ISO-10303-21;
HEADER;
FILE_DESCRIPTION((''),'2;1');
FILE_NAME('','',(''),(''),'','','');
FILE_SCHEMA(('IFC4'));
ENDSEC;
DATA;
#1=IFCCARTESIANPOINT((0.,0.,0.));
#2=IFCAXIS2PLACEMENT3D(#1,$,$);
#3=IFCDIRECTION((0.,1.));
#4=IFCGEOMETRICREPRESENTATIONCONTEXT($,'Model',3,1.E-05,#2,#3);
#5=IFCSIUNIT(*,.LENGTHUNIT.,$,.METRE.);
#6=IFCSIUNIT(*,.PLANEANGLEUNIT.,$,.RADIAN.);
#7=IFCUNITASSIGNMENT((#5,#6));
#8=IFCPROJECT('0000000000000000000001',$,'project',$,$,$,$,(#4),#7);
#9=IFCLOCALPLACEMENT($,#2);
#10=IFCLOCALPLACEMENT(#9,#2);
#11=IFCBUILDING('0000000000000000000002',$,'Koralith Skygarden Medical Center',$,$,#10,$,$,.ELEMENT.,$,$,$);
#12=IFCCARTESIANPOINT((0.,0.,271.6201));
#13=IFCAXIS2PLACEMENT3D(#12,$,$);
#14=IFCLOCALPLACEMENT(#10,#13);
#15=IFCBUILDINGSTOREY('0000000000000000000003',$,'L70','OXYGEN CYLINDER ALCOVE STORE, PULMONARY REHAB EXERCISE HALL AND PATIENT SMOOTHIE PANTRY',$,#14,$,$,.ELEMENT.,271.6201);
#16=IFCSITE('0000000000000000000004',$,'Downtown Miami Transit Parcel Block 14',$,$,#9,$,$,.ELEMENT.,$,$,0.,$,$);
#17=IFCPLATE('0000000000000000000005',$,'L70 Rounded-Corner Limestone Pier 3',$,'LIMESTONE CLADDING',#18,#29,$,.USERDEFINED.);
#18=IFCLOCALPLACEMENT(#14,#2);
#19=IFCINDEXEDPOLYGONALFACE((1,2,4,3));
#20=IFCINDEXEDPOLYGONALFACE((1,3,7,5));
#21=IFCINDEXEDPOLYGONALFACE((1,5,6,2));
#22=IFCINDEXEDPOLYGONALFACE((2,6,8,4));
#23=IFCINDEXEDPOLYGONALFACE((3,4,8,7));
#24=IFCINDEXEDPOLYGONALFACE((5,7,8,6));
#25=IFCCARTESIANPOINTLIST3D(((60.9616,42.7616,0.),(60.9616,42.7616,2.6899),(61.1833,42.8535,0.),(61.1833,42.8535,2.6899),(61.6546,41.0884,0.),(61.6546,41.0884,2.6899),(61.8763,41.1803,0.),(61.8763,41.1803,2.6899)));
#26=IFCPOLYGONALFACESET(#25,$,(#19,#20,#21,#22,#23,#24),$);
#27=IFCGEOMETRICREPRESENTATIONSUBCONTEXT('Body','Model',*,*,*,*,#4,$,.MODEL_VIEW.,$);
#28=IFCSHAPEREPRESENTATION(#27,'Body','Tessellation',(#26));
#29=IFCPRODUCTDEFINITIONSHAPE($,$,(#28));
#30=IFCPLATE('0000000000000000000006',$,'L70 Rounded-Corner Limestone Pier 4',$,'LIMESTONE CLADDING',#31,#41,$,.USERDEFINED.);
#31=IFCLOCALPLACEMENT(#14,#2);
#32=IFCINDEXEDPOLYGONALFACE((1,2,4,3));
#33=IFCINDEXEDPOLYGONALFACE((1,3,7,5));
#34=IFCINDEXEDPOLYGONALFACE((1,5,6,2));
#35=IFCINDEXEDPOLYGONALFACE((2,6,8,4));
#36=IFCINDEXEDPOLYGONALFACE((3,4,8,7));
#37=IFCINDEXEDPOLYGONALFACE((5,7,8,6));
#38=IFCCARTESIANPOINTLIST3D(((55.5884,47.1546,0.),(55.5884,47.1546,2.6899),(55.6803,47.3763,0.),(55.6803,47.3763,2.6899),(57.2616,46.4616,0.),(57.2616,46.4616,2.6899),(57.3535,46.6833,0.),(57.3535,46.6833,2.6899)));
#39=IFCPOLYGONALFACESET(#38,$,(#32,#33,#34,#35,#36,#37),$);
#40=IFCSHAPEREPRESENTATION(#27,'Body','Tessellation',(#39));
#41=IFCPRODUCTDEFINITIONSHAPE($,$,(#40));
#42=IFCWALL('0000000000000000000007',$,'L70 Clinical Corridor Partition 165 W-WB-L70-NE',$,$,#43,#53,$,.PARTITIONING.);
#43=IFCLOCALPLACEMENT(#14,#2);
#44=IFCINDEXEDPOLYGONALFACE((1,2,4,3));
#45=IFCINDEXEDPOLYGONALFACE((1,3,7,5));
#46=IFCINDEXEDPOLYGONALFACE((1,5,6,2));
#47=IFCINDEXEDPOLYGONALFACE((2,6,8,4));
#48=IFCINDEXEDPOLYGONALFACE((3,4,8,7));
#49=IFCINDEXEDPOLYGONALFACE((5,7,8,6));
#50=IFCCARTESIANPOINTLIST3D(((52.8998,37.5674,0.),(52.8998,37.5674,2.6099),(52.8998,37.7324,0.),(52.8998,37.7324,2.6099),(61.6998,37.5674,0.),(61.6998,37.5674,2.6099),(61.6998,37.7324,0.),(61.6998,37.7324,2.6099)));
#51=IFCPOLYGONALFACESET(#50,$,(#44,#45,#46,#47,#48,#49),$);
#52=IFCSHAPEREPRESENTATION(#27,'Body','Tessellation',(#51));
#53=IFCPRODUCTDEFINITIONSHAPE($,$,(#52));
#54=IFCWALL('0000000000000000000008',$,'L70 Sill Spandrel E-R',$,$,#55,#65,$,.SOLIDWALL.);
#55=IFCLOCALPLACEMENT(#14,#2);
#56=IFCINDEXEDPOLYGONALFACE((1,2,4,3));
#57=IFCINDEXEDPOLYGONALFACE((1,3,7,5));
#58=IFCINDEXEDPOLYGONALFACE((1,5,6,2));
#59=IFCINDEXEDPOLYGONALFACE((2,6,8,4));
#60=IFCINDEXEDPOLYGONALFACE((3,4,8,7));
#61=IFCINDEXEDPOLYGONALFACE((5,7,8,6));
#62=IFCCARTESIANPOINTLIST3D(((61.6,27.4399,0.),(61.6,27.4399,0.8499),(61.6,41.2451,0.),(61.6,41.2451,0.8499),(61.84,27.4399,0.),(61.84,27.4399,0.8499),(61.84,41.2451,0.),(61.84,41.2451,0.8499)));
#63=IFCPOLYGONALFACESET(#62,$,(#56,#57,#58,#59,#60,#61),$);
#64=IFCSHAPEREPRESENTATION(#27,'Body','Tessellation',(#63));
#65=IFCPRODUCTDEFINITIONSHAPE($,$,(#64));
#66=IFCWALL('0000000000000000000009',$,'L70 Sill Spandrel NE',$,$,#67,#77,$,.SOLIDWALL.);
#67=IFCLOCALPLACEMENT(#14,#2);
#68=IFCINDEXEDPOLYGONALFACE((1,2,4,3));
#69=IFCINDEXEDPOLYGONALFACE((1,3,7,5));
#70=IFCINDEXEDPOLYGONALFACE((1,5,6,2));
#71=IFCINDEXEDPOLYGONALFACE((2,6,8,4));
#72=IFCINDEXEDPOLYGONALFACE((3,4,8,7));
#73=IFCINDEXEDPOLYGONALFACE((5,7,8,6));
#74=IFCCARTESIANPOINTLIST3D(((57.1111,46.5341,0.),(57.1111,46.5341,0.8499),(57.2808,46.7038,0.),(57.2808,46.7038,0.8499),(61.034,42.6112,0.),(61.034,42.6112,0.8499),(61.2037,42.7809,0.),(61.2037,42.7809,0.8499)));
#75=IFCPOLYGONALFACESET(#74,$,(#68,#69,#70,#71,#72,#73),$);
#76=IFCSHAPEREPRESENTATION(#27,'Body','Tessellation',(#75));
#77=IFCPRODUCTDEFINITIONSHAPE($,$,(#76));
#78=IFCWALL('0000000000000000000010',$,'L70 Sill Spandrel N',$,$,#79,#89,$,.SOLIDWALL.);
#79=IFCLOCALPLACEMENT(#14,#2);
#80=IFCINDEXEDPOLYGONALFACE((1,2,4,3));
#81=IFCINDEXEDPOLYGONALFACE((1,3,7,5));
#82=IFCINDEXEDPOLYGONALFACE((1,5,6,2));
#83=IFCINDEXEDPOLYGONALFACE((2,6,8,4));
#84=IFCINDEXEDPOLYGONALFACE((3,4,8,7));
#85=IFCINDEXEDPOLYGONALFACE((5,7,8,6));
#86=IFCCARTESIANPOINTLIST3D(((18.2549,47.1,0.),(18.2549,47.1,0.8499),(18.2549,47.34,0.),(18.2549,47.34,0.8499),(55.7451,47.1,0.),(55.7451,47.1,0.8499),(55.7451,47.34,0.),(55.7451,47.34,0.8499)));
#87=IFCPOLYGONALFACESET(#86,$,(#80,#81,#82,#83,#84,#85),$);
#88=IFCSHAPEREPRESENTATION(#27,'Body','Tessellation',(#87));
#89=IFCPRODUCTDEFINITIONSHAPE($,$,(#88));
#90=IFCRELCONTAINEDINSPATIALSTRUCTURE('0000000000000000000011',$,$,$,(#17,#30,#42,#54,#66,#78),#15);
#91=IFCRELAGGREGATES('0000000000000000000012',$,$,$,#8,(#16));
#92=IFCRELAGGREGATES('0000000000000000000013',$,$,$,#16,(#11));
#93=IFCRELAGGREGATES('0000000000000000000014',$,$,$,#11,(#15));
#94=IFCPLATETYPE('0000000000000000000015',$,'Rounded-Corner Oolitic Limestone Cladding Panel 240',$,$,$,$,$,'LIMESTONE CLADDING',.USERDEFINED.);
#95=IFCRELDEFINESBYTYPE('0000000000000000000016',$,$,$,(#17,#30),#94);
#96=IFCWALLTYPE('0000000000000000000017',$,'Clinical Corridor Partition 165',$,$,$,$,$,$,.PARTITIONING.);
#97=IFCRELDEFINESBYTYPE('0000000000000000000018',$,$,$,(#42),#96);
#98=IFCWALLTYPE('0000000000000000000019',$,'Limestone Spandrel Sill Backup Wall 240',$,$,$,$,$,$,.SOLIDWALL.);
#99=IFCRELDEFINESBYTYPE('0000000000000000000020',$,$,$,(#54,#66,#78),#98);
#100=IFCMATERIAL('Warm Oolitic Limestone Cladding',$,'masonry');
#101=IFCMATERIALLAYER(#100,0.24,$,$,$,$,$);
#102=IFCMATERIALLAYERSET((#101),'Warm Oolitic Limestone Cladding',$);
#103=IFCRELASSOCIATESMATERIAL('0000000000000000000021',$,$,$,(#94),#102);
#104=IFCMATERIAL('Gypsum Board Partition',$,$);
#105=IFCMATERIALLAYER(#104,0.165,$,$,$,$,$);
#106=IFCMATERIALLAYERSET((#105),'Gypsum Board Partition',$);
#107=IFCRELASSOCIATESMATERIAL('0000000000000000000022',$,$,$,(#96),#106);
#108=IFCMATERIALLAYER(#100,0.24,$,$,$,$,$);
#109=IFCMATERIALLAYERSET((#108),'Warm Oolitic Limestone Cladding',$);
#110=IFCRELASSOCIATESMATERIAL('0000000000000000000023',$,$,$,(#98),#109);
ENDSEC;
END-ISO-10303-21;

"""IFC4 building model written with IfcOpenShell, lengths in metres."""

from ifc_helpers import new_model, si_unit, direction, frame, frame_2d, origin, origin_2d, place, context, subcontext, project, spatial, rectangle, extrude, material, layer, layer_set, type_object, element, save


model = new_model("IFC4")

# Units and contexts
model_context = context("Model", 3, precision=1e-05, world=origin(), true_north=direction((0.0, 1.0)))
body_context = subcontext(model_context, "Body", "Model", "MODEL_VIEW")
ifc_project = project(units=[si_unit("LENGTHUNIT", "METRE"), si_unit("PLANEANGLEUNIT", "RADIAN")], contexts=[model_context])

# Site, building, storey
site_placement = place(None, origin())
site = spatial("IfcSite", under=ifc_project, at=site_placement, Name="Downtown Miami Transit Parcel Block 14", CompositionType="ELEMENT", RefElevation=0.0)
building_placement = place(site_placement, origin())
building = spatial("IfcBuilding", under=site, at=building_placement, Name="Koralith Skygarden Medical Center", CompositionType="ELEMENT")
storey_placement = place(building_placement, frame((0.0, 0.0, 271.6201)))
storey = spatial("IfcBuildingStorey", under=building, at=storey_placement, Name="L70", Description="OXYGEN CYLINDER ALCOVE STORE, PULMONARY REHAB EXERCISE HALL AND PATIENT SMOOTHIE PANTRY", CompositionType="ELEMENT", Elevation=271.6201)

# Plates
ifc_material_1 = material(Name="Warm Oolitic Limestone Cladding", Category="masonry")
ifc_layer_1 = layer(ifc_material_1, 0.24)
ifc_layer_set_1 = layer_set([ifc_layer_1], Name="Warm Oolitic Limestone Cladding")
plate_type_1 = type_object("IfcPlateType", Name="Rounded-Corner Oolitic Limestone Cladding Panel 240", ElementType="LIMESTONE CLADDING", PredefinedType="USERDEFINED", material=ifc_layer_set_1)
for number, where, z_axis, x_axis, name in (
    (1, (61.4189, 41.9709, 0.0), (0.0, 0.0, 1.0), (-0.382671, 0.923885, 0.0), "L70 Rounded-Corner Limestone Pier 3"),
    (2, (56.4709, 46.9189, 0.0), (0.0, 0.0, 1.0), (-0.923885, 0.382671, 0.0), "L70 Rounded-Corner Limestone Pier 4"),
):
    element("IfcPlate", number, at=place(storey_placement, frame(where, z_axis=z_axis, x_axis=x_axis)), inside=storey, type_object=plate_type_1, Name=name, ObjectType="LIMESTONE CLADDING", PredefinedType="USERDEFINED", context=body_context, shape_type="SweptSolid", body=[
        extrude(rectangle(XDim=1.811, YDim=0.24, at=origin_2d()), origin(), (0.0, 0.0, 1.0), 2.6899),
    ])

# Walls
ifc_material_2 = material(Name="Gypsum Board Partition")
ifc_layer_2 = layer(ifc_material_2, 0.165)
ifc_layer_set_2 = layer_set([ifc_layer_2], Name="Gypsum Board Partition")
wall_type_1 = type_object("IfcWallType", Name="Clinical Corridor Partition 165", PredefinedType="PARTITIONING", material=ifc_layer_set_2)
wall_1_placement = place(storey_placement, frame((52.8999, 37.6499, 0.0), z_axis=(0.0, 0.0, 1.0), x_axis=(1.0, 0.0, 0.0)))
element("IfcWall", 3, at=wall_1_placement, inside=storey, type_object=wall_type_1, Name="L70 Clinical Corridor Partition 165 W-WB-L70-NE", PredefinedType="PARTITIONING", context=body_context, shape_type="SweptSolid", body=[
    extrude(rectangle(XDim=8.8, YDim=0.165, at=frame_2d((4.3999, 0.0))), origin(), (0.0, 0.0, 1.0), 2.6099),
])
ifc_layer_3 = layer(ifc_material_1, 0.24)
ifc_layer_set_3 = layer_set([ifc_layer_3], Name="Warm Oolitic Limestone Cladding")
wall_type_2 = type_object("IfcWallType", Name="Limestone Spandrel Sill Backup Wall 240", PredefinedType="SOLIDWALL", material=ifc_layer_set_3)
wall_2_placement = place(storey_placement, frame((61.72, 27.4399, 0.0), z_axis=(0.0, 0.0, 1.0), x_axis=(0.0, 1.0, 0.0)))
element("IfcWall", 4, at=wall_2_placement, inside=storey, type_object=wall_type_2, Name="L70 Sill Spandrel E-R", PredefinedType="SOLIDWALL", context=body_context, shape_type="SweptSolid", body=[
    extrude(rectangle(XDim=13.8052, YDim=0.24, at=frame_2d((6.9026, 0.0))), origin(), (0.0, 0.0, 1.0), 0.8499),
])
wall_3_placement = place(storey_placement, frame((61.1189, 42.696, 0.0), z_axis=(0.0, 0.0, 1.0), x_axis=(-0.707107, 0.707107, 0.0)))
element("IfcWall", 5, at=wall_3_placement, inside=storey, type_object=wall_type_2, Name="L70 Sill Spandrel NE", PredefinedType="SOLIDWALL", context=body_context, shape_type="SweptSolid", body=[
    extrude(rectangle(XDim=5.5479, YDim=0.24, at=frame_2d((2.7739, 0.0))), origin(), (0.0, 0.0, 1.0), 0.8499),
])
wall_4_placement = place(storey_placement, frame((55.7451, 47.22, 0.0), z_axis=(0.0, 0.0, 1.0), x_axis=(-1.0, 0.0, 0.0)))
element("IfcWall", 6, at=wall_4_placement, inside=storey, type_object=wall_type_2, Name="L70 Sill Spandrel N", PredefinedType="SOLIDWALL", context=body_context, shape_type="SweptSolid", body=[
    extrude(rectangle(XDim=37.4902, YDim=0.24, at=frame_2d((18.7451, 0.0))), origin(), (0.0, 0.0, 1.0), 0.8499),
])

save(model, "model.ifc")
